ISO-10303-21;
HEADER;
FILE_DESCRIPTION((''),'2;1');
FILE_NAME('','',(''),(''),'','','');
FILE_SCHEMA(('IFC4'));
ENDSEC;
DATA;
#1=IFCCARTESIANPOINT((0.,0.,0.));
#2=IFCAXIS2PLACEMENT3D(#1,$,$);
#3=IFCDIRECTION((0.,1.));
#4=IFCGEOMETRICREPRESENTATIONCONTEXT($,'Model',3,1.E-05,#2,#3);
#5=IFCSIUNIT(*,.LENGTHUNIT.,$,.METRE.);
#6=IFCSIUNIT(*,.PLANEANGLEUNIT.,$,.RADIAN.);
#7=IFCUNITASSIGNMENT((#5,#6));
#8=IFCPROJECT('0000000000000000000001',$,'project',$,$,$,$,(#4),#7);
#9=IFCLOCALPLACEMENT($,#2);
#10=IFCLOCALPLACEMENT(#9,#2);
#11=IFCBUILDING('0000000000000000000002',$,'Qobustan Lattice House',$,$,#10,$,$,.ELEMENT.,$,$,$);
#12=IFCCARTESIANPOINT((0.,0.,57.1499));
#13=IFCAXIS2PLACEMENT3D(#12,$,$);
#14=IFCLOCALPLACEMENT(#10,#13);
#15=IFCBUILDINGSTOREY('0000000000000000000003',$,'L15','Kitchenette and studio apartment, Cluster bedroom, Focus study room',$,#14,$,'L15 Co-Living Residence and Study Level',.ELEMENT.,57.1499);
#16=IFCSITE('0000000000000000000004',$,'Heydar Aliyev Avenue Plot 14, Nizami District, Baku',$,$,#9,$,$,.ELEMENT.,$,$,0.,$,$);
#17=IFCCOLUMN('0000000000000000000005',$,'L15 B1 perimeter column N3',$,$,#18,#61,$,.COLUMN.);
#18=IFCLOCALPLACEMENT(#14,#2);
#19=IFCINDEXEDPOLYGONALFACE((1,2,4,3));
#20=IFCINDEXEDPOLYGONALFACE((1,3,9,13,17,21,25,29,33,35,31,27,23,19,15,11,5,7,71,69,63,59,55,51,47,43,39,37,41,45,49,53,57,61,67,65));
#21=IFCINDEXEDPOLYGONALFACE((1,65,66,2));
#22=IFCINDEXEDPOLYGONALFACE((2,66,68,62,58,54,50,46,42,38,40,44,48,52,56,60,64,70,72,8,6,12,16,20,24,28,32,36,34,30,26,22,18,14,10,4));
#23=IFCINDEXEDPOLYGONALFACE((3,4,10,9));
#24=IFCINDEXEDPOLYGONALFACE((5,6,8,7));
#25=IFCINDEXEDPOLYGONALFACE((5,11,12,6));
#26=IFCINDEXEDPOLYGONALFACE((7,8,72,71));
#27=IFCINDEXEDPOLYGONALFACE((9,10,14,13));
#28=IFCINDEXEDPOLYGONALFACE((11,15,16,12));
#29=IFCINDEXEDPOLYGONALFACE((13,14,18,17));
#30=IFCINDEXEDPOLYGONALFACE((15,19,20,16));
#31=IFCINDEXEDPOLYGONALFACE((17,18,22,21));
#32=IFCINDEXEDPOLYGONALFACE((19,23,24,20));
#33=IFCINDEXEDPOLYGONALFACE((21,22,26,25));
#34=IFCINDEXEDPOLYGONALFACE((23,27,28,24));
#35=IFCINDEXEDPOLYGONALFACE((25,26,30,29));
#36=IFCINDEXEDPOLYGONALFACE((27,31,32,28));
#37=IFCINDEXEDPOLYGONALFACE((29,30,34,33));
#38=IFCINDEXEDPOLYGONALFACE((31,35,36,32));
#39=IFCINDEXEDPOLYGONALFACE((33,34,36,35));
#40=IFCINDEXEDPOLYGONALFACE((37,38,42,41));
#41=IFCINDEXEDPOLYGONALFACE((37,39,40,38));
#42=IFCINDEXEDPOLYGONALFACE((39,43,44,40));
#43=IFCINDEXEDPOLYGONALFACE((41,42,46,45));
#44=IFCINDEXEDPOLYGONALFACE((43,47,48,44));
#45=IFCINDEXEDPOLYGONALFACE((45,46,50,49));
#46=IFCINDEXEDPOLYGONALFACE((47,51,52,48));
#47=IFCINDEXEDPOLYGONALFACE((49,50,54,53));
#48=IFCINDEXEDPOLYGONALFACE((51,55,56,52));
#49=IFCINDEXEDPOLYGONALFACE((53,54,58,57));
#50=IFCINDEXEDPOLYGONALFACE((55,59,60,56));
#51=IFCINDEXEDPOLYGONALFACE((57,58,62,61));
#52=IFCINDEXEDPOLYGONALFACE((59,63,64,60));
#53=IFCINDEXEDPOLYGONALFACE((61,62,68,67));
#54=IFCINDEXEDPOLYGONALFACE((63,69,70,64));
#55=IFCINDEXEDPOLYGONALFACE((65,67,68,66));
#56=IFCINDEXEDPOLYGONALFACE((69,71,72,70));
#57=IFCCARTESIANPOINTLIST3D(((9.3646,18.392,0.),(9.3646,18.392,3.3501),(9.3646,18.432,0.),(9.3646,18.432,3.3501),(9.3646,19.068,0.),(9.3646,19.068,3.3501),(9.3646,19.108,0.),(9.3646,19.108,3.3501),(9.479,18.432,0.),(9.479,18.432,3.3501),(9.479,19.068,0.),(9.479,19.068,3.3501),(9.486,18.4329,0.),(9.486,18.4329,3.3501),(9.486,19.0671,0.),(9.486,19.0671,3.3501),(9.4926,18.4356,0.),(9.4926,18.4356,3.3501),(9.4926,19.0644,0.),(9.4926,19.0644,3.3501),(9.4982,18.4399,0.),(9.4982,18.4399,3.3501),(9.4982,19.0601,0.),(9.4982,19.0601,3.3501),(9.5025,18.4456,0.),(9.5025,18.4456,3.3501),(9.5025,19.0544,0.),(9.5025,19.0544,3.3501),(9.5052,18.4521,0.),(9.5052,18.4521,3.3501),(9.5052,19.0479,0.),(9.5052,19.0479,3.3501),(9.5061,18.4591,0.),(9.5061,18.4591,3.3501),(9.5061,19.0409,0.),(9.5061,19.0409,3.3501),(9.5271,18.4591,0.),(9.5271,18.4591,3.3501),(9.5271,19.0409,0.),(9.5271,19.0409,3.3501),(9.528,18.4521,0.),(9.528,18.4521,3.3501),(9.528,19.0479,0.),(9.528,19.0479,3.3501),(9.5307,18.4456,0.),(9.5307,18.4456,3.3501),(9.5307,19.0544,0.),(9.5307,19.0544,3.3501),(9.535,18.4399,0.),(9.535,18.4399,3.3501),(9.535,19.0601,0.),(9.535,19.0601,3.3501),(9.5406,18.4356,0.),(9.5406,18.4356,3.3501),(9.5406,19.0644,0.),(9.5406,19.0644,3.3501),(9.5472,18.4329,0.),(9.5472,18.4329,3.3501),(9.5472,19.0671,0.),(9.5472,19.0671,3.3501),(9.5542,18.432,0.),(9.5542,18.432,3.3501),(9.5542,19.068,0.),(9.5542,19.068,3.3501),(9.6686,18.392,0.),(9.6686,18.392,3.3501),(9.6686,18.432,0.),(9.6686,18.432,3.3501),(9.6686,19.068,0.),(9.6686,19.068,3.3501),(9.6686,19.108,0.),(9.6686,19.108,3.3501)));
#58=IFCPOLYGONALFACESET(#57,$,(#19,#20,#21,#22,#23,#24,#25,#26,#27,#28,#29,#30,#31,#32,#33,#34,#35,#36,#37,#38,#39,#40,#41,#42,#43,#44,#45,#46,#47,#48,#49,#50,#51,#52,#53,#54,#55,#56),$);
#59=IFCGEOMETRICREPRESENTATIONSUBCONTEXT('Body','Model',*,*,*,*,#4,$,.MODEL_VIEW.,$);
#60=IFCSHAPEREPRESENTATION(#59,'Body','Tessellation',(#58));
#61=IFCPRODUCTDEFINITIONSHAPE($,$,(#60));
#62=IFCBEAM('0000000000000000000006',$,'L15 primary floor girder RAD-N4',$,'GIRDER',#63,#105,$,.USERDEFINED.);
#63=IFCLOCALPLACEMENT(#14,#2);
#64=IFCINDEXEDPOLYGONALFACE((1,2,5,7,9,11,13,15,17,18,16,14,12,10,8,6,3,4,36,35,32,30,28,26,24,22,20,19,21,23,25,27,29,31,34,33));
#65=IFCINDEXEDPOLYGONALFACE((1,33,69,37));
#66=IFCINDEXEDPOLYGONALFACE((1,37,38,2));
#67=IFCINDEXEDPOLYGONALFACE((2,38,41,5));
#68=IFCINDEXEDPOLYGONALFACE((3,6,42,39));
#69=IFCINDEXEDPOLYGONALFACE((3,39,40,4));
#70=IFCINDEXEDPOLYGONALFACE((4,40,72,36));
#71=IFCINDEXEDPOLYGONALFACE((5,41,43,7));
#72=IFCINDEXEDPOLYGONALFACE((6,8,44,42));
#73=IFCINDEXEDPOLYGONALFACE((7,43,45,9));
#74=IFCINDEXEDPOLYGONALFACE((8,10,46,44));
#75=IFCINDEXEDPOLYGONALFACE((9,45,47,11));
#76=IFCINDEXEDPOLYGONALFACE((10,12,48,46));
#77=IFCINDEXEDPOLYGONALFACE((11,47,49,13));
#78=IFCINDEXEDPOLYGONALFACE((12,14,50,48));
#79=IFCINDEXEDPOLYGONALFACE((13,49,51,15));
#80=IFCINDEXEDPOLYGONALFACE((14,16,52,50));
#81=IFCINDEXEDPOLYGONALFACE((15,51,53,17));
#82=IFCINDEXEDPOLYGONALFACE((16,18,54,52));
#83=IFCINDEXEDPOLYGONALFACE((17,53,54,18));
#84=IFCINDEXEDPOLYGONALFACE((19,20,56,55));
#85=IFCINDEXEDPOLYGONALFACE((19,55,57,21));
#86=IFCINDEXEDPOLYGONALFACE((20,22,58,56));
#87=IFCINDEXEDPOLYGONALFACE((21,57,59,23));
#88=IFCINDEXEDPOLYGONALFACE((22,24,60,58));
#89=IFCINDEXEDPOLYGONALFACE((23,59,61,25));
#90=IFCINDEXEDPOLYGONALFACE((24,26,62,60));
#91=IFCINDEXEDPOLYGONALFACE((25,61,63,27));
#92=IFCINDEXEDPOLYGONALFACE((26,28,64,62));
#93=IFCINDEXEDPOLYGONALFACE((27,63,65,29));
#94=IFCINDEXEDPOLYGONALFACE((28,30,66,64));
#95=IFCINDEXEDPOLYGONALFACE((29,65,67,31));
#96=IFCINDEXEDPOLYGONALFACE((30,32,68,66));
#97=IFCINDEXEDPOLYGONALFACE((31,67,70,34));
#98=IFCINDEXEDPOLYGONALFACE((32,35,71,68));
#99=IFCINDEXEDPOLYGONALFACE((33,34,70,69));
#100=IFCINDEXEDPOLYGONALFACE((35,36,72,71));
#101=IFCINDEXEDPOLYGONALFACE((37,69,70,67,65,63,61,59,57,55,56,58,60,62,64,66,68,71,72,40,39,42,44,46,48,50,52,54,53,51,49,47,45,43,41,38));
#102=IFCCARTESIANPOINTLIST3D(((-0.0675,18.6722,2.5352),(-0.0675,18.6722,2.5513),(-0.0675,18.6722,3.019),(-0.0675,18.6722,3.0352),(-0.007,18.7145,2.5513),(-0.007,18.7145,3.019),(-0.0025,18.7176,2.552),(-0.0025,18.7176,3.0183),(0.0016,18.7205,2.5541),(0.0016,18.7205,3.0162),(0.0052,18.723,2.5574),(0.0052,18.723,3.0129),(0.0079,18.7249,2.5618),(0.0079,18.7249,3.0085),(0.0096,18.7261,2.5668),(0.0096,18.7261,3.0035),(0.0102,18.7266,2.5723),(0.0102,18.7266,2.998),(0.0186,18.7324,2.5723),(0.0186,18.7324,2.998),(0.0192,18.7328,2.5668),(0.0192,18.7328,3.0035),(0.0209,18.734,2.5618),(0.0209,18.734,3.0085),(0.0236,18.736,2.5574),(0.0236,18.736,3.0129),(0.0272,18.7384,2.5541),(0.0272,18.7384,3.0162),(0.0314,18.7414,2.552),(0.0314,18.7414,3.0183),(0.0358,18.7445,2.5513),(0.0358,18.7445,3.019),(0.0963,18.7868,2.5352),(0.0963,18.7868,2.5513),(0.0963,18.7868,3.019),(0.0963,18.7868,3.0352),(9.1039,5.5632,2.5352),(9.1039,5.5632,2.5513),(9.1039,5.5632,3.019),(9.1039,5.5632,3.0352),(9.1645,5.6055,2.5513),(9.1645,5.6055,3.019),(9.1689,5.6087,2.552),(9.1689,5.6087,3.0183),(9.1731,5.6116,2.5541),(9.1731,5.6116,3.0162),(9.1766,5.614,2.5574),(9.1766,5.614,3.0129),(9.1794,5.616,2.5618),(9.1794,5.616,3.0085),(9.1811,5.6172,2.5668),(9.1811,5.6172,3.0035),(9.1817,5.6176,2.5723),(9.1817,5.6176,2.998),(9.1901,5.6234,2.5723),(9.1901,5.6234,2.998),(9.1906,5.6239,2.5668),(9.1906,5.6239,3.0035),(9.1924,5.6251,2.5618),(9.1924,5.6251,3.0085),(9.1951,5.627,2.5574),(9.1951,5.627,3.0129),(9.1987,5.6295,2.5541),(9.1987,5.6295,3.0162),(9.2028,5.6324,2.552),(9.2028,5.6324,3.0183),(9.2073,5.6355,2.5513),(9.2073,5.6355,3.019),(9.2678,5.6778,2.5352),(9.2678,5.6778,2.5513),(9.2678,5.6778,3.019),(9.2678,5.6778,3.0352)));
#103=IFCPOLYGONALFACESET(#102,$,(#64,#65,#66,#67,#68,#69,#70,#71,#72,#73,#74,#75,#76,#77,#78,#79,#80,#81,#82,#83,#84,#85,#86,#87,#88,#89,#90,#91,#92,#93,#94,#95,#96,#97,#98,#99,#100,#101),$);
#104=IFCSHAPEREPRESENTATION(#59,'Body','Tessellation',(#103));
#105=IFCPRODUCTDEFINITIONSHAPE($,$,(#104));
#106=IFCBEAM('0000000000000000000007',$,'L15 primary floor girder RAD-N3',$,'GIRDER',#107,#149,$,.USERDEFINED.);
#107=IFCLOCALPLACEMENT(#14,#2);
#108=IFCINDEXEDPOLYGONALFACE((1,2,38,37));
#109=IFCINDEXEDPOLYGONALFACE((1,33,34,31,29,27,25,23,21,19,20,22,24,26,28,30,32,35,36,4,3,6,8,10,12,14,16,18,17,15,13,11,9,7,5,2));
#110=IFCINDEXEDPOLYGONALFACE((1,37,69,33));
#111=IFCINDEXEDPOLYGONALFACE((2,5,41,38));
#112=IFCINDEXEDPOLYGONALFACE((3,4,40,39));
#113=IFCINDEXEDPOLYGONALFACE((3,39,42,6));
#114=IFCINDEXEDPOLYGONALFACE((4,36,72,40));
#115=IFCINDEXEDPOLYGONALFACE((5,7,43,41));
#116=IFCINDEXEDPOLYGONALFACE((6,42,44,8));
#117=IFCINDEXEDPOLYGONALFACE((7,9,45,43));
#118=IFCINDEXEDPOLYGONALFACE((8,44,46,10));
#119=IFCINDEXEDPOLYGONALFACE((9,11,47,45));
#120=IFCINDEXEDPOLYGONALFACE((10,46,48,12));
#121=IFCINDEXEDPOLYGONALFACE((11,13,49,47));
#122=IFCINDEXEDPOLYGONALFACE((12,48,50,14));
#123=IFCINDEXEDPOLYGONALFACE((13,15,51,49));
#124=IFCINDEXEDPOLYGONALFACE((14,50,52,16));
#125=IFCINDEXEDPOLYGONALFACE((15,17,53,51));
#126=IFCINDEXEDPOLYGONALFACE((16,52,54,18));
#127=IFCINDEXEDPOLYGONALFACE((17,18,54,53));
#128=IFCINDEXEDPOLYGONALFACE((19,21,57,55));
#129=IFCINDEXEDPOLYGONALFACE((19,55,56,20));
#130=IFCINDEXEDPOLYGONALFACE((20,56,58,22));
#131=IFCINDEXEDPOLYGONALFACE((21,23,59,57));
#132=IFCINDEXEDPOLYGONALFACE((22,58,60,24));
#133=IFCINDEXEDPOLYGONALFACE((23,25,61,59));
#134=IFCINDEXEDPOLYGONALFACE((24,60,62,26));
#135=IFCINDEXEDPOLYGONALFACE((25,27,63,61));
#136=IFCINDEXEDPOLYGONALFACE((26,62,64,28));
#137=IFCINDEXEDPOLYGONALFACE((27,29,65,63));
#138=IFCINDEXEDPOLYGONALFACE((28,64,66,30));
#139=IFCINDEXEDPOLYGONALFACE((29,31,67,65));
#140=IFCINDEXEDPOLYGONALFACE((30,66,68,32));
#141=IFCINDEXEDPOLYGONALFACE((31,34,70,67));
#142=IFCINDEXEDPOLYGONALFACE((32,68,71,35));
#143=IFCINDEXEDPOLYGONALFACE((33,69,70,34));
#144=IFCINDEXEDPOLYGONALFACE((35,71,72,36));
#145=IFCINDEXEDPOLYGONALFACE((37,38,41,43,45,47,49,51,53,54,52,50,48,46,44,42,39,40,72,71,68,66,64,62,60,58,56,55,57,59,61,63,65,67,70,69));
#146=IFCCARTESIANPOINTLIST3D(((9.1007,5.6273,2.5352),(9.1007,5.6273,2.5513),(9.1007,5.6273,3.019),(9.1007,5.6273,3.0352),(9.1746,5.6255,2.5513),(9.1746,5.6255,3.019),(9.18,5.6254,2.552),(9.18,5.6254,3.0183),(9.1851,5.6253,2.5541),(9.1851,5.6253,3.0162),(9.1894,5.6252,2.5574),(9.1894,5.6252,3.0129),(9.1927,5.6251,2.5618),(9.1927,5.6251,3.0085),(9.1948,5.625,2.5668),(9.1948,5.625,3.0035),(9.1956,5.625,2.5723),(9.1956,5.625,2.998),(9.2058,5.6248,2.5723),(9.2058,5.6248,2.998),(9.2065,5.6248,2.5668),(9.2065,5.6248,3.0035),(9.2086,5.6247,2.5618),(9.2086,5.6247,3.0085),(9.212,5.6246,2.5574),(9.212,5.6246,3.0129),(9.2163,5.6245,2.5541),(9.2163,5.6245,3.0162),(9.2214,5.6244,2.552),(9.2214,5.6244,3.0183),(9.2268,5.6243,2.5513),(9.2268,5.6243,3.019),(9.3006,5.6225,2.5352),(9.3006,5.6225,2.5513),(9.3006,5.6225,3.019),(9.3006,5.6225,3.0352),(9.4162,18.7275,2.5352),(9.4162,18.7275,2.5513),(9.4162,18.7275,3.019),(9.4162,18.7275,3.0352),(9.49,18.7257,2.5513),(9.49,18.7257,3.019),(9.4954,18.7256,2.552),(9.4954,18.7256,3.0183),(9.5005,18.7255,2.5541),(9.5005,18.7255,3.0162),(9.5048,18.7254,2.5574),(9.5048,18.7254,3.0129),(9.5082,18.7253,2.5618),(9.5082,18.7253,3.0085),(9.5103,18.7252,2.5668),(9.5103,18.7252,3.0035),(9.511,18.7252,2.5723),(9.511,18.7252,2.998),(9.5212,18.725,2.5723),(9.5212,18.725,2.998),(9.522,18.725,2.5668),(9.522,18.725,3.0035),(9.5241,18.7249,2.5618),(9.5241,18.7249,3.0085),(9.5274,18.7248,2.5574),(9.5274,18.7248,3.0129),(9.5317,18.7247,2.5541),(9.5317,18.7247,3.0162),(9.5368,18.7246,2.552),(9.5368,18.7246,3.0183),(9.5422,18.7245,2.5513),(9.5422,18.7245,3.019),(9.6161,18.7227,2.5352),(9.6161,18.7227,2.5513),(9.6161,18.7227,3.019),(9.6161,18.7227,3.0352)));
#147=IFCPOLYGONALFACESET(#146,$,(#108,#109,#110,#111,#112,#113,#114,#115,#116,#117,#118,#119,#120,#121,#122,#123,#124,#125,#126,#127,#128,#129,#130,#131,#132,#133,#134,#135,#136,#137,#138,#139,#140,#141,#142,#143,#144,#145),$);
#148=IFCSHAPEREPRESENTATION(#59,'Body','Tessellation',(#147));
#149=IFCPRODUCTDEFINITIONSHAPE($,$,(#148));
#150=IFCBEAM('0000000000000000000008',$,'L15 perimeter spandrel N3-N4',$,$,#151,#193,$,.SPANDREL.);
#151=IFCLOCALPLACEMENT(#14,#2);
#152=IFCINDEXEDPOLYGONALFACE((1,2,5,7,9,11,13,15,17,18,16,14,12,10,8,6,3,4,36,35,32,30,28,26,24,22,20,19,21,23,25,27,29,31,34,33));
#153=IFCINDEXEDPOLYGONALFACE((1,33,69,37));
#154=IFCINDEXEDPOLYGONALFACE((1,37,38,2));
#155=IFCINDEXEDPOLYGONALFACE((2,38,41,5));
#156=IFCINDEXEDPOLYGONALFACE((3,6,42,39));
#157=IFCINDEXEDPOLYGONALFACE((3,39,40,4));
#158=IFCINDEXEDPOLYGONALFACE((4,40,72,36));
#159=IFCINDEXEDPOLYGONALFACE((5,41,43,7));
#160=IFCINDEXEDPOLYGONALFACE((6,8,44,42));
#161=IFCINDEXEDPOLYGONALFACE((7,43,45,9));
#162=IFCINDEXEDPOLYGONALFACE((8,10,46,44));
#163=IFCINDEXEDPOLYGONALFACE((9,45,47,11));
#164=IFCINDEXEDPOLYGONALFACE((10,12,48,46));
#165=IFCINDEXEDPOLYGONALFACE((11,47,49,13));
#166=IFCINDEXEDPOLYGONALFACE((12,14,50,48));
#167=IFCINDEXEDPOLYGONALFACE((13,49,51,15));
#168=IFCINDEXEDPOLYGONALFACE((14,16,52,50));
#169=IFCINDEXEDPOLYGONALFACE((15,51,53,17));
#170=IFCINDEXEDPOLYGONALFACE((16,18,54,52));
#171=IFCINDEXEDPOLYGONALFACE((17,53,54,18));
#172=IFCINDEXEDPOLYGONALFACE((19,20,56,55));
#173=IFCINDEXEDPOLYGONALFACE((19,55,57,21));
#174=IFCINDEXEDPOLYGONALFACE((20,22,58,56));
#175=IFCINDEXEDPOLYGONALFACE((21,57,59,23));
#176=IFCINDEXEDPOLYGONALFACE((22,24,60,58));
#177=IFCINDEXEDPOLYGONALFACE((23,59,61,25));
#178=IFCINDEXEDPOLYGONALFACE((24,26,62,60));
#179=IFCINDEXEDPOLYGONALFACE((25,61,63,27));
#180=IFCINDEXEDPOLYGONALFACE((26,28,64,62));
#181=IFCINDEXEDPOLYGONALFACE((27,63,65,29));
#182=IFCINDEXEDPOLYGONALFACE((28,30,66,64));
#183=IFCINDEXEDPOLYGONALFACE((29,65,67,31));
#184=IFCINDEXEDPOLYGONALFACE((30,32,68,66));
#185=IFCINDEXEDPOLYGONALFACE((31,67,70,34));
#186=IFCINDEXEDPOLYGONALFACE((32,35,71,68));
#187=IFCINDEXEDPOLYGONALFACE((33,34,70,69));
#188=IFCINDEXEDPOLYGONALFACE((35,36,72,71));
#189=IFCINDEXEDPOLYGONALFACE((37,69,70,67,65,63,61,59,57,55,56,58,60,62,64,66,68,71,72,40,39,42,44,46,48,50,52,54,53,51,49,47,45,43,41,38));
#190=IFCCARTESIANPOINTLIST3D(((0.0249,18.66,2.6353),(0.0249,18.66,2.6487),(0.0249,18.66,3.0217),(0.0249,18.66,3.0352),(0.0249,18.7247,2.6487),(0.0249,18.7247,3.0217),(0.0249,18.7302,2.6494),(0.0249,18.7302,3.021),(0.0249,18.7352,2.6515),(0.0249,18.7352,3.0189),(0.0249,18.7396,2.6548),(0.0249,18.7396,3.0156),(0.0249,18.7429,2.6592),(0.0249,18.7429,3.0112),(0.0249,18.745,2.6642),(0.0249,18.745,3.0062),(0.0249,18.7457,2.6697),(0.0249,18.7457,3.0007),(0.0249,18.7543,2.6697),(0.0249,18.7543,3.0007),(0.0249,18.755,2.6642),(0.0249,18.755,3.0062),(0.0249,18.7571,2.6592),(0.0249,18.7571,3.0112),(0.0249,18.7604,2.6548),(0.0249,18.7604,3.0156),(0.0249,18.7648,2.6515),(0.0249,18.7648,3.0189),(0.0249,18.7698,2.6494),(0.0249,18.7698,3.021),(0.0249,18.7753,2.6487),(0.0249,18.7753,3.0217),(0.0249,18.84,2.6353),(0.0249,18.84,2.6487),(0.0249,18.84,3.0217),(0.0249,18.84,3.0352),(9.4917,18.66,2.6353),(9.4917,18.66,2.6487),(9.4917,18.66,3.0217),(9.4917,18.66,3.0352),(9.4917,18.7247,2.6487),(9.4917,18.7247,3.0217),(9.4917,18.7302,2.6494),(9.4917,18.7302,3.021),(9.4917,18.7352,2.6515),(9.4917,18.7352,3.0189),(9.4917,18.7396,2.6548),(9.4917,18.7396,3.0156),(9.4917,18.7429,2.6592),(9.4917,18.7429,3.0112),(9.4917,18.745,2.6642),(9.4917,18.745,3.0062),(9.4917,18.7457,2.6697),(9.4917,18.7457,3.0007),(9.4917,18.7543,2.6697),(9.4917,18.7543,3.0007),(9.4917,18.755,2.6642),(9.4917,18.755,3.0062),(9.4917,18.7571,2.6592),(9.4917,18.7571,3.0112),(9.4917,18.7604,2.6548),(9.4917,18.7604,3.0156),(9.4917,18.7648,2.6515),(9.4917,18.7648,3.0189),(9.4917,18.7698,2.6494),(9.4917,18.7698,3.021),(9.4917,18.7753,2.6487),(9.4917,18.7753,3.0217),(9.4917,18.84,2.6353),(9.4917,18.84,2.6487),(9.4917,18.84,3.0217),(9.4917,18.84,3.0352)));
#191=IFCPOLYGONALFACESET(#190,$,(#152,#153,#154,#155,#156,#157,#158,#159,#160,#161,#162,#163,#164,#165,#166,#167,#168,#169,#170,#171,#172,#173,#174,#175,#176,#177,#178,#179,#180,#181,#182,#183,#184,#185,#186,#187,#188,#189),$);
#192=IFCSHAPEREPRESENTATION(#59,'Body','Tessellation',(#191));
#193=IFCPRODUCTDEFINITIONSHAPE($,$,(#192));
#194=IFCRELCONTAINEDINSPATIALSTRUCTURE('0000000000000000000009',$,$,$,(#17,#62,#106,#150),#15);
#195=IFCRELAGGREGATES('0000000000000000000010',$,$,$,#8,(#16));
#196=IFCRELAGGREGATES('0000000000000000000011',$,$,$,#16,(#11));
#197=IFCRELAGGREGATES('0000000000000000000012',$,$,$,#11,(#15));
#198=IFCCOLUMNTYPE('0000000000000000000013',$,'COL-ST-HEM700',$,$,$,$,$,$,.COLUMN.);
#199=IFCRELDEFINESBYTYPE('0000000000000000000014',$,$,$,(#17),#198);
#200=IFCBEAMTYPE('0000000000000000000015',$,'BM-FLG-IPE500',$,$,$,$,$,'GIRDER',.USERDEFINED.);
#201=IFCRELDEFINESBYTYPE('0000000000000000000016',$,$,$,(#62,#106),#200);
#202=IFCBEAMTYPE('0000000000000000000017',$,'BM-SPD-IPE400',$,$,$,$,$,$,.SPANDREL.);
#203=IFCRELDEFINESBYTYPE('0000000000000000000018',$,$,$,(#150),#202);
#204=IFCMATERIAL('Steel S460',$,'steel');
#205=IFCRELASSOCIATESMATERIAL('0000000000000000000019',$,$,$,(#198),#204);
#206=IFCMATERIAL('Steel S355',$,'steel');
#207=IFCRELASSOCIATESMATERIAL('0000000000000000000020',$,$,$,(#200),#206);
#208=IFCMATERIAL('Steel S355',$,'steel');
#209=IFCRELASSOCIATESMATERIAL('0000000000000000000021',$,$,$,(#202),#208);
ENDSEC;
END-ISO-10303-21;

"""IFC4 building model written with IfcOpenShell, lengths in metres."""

from ifc_helpers import new_model, si_unit, direction, frame, origin, origin_2d, place, context, subcontext, project, spatial, i_section, extrude, material, material_profile, profile_set, type_object, element, save


model = new_model("IFC4")

# Units and contexts
model_context = context("Model", 3, precision=1e-05, world=origin(), true_north=direction((0.0, 1.0)))
body_context = subcontext(model_context, "Body", "Model", "MODEL_VIEW")
ifc_project = project(units=[si_unit("LENGTHUNIT", "METRE"), si_unit("PLANEANGLEUNIT", "RADIAN")], contexts=[model_context])

# Site, building, storey
site_placement = place(None, origin())
site = spatial("IfcSite", under=ifc_project, at=site_placement, Name="Heydar Aliyev Avenue Plot 14, Nizami District, Baku", CompositionType="ELEMENT", RefElevation=0.0)
building_placement = place(site_placement, origin())
building = spatial("IfcBuilding", under=site, at=building_placement, Name="Qobustan Lattice House", CompositionType="ELEMENT")
storey_placement = place(building_placement, frame((0.0, 0.0, 57.1499)))
storey = spatial("IfcBuildingStorey", under=building, at=storey_placement, Name="L15", Description="Kitchenette and studio apartment, Cluster bedroom, Focus study room", LongName="L15 Co-Living Residence and Study Level", CompositionType="ELEMENT", Elevation=57.1499)

# Column
ifc_material_1 = material(Name="Steel S460", Category="steel")
ifc_material_profile_1 = material_profile(ifc_material_1, i_section(OverallWidth=0.304, OverallDepth=0.7161, WebThickness=0.021, FlangeThickness=0.04, FilletRadius=0.0271, at=origin_2d()), Name="HEM700")
ifc_profile_set_1 = profile_set([ifc_material_profile_1], Name="Steel S460")
column_type = type_object("IfcColumnType", Name="COL-ST-HEM700", PredefinedType="COLUMN", material=ifc_profile_set_1)
column_placement = place(storey_placement, frame((9.5166, 18.75, 0.0), z_axis=(0.0, 0.0, 1.0), x_axis=(1.0, 0.0, 0.0)))
element("IfcColumn", 1, at=column_placement, inside=storey, type_object=column_type, Name="L15 B1 perimeter column N3", PredefinedType="COLUMN", context=body_context, shape_type="SweptSolid", body=[
    extrude(i_section(OverallWidth=0.304, OverallDepth=0.7161, WebThickness=0.021, FlangeThickness=0.04, FilletRadius=0.0271, at=origin_2d()), origin(), (0.0, 0.0, 1.0), 3.3501),
])

# Beams
ifc_material_2 = material(Name="Steel S355", Category="steel")
ifc_material_profile_2 = material_profile(ifc_material_2, i_section(OverallWidth=0.2, OverallDepth=0.5, WebThickness=0.0103, FlangeThickness=0.0161, FilletRadius=0.021, at=origin_2d()), Name="IPE500")
ifc_profile_set_2 = profile_set([ifc_material_profile_2], Name="Steel S355")
beam_type_1 = type_object("IfcBeamType", Name="BM-FLG-IPE500", ElementType="GIRDER", PredefinedType="USERDEFINED", material=ifc_profile_set_2)
beam_1_placement = place(storey_placement, frame((0.0144, 18.7295, 2.7852), z_axis=(0.57326, -0.819374, 0.0), x_axis=(0.819374, 0.57326, 0.0)))
element("IfcBeam", 2, at=beam_1_placement, inside=storey, type_object=beam_type_1, Name="L15 primary floor girder RAD-N4", ObjectType="GIRDER", PredefinedType="USERDEFINED", context=body_context, shape_type="SweptSolid", body=[
    extrude(i_section(OverallWidth=0.2, OverallDepth=0.5, WebThickness=0.0103, FlangeThickness=0.0161, FilletRadius=0.021, at=origin_2d()), origin(), (0.0, 0.0, 1.0), 15.9988),
])
beam_2_placement = place(storey_placement, frame((9.5161, 18.7251, 2.7852), z_axis=(-0.024071, -0.99971, 0.0), x_axis=(0.99971, -0.024071, 0.0)))
element("IfcBeam", 3, at=beam_2_placement, inside=storey, type_object=beam_type_1, Name="L15 primary floor girder RAD-N3", ObjectType="GIRDER", PredefinedType="USERDEFINED", context=body_context, shape_type="SweptSolid", body=[
    extrude(i_section(OverallWidth=0.2, OverallDepth=0.5, WebThickness=0.0103, FlangeThickness=0.0161, FilletRadius=0.021, at=origin_2d()), origin(), (0.0, 0.0, 1.0), 13.104),
])
ifc_material_3 = material(Name="Steel S355", Category="steel")
ifc_material_profile_3 = material_profile(ifc_material_3, i_section(OverallWidth=0.1799, OverallDepth=0.3999, WebThickness=0.0085, FlangeThickness=0.0134, FilletRadius=0.021, at=origin_2d()), Name="IPE400")
ifc_profile_set_3 = profile_set([ifc_material_profile_3], Name="Steel S355")
beam_type_2 = type_object("IfcBeamType", Name="BM-SPD-IPE400", PredefinedType="SPANDREL", material=ifc_profile_set_3)
beam_3_placement = place(storey_placement, frame((9.4917, 18.75, 2.8352), z_axis=(-1.0, 0.0, 0.0), x_axis=(0.0, -1.0, 0.0)))
element("IfcBeam", 4, at=beam_3_placement, inside=storey, type_object=beam_type_2, Name="L15 perimeter spandrel N3-N4", PredefinedType="SPANDREL", context=body_context, shape_type="SweptSolid", body=[
    extrude(i_section(OverallWidth=0.1799, OverallDepth=0.3999, WebThickness=0.0085, FlangeThickness=0.0134, FilletRadius=0.021, at=origin_2d()), origin(), (0.0, 0.0, 1.0), 9.4668),
])

save(model, "model.ifc")
